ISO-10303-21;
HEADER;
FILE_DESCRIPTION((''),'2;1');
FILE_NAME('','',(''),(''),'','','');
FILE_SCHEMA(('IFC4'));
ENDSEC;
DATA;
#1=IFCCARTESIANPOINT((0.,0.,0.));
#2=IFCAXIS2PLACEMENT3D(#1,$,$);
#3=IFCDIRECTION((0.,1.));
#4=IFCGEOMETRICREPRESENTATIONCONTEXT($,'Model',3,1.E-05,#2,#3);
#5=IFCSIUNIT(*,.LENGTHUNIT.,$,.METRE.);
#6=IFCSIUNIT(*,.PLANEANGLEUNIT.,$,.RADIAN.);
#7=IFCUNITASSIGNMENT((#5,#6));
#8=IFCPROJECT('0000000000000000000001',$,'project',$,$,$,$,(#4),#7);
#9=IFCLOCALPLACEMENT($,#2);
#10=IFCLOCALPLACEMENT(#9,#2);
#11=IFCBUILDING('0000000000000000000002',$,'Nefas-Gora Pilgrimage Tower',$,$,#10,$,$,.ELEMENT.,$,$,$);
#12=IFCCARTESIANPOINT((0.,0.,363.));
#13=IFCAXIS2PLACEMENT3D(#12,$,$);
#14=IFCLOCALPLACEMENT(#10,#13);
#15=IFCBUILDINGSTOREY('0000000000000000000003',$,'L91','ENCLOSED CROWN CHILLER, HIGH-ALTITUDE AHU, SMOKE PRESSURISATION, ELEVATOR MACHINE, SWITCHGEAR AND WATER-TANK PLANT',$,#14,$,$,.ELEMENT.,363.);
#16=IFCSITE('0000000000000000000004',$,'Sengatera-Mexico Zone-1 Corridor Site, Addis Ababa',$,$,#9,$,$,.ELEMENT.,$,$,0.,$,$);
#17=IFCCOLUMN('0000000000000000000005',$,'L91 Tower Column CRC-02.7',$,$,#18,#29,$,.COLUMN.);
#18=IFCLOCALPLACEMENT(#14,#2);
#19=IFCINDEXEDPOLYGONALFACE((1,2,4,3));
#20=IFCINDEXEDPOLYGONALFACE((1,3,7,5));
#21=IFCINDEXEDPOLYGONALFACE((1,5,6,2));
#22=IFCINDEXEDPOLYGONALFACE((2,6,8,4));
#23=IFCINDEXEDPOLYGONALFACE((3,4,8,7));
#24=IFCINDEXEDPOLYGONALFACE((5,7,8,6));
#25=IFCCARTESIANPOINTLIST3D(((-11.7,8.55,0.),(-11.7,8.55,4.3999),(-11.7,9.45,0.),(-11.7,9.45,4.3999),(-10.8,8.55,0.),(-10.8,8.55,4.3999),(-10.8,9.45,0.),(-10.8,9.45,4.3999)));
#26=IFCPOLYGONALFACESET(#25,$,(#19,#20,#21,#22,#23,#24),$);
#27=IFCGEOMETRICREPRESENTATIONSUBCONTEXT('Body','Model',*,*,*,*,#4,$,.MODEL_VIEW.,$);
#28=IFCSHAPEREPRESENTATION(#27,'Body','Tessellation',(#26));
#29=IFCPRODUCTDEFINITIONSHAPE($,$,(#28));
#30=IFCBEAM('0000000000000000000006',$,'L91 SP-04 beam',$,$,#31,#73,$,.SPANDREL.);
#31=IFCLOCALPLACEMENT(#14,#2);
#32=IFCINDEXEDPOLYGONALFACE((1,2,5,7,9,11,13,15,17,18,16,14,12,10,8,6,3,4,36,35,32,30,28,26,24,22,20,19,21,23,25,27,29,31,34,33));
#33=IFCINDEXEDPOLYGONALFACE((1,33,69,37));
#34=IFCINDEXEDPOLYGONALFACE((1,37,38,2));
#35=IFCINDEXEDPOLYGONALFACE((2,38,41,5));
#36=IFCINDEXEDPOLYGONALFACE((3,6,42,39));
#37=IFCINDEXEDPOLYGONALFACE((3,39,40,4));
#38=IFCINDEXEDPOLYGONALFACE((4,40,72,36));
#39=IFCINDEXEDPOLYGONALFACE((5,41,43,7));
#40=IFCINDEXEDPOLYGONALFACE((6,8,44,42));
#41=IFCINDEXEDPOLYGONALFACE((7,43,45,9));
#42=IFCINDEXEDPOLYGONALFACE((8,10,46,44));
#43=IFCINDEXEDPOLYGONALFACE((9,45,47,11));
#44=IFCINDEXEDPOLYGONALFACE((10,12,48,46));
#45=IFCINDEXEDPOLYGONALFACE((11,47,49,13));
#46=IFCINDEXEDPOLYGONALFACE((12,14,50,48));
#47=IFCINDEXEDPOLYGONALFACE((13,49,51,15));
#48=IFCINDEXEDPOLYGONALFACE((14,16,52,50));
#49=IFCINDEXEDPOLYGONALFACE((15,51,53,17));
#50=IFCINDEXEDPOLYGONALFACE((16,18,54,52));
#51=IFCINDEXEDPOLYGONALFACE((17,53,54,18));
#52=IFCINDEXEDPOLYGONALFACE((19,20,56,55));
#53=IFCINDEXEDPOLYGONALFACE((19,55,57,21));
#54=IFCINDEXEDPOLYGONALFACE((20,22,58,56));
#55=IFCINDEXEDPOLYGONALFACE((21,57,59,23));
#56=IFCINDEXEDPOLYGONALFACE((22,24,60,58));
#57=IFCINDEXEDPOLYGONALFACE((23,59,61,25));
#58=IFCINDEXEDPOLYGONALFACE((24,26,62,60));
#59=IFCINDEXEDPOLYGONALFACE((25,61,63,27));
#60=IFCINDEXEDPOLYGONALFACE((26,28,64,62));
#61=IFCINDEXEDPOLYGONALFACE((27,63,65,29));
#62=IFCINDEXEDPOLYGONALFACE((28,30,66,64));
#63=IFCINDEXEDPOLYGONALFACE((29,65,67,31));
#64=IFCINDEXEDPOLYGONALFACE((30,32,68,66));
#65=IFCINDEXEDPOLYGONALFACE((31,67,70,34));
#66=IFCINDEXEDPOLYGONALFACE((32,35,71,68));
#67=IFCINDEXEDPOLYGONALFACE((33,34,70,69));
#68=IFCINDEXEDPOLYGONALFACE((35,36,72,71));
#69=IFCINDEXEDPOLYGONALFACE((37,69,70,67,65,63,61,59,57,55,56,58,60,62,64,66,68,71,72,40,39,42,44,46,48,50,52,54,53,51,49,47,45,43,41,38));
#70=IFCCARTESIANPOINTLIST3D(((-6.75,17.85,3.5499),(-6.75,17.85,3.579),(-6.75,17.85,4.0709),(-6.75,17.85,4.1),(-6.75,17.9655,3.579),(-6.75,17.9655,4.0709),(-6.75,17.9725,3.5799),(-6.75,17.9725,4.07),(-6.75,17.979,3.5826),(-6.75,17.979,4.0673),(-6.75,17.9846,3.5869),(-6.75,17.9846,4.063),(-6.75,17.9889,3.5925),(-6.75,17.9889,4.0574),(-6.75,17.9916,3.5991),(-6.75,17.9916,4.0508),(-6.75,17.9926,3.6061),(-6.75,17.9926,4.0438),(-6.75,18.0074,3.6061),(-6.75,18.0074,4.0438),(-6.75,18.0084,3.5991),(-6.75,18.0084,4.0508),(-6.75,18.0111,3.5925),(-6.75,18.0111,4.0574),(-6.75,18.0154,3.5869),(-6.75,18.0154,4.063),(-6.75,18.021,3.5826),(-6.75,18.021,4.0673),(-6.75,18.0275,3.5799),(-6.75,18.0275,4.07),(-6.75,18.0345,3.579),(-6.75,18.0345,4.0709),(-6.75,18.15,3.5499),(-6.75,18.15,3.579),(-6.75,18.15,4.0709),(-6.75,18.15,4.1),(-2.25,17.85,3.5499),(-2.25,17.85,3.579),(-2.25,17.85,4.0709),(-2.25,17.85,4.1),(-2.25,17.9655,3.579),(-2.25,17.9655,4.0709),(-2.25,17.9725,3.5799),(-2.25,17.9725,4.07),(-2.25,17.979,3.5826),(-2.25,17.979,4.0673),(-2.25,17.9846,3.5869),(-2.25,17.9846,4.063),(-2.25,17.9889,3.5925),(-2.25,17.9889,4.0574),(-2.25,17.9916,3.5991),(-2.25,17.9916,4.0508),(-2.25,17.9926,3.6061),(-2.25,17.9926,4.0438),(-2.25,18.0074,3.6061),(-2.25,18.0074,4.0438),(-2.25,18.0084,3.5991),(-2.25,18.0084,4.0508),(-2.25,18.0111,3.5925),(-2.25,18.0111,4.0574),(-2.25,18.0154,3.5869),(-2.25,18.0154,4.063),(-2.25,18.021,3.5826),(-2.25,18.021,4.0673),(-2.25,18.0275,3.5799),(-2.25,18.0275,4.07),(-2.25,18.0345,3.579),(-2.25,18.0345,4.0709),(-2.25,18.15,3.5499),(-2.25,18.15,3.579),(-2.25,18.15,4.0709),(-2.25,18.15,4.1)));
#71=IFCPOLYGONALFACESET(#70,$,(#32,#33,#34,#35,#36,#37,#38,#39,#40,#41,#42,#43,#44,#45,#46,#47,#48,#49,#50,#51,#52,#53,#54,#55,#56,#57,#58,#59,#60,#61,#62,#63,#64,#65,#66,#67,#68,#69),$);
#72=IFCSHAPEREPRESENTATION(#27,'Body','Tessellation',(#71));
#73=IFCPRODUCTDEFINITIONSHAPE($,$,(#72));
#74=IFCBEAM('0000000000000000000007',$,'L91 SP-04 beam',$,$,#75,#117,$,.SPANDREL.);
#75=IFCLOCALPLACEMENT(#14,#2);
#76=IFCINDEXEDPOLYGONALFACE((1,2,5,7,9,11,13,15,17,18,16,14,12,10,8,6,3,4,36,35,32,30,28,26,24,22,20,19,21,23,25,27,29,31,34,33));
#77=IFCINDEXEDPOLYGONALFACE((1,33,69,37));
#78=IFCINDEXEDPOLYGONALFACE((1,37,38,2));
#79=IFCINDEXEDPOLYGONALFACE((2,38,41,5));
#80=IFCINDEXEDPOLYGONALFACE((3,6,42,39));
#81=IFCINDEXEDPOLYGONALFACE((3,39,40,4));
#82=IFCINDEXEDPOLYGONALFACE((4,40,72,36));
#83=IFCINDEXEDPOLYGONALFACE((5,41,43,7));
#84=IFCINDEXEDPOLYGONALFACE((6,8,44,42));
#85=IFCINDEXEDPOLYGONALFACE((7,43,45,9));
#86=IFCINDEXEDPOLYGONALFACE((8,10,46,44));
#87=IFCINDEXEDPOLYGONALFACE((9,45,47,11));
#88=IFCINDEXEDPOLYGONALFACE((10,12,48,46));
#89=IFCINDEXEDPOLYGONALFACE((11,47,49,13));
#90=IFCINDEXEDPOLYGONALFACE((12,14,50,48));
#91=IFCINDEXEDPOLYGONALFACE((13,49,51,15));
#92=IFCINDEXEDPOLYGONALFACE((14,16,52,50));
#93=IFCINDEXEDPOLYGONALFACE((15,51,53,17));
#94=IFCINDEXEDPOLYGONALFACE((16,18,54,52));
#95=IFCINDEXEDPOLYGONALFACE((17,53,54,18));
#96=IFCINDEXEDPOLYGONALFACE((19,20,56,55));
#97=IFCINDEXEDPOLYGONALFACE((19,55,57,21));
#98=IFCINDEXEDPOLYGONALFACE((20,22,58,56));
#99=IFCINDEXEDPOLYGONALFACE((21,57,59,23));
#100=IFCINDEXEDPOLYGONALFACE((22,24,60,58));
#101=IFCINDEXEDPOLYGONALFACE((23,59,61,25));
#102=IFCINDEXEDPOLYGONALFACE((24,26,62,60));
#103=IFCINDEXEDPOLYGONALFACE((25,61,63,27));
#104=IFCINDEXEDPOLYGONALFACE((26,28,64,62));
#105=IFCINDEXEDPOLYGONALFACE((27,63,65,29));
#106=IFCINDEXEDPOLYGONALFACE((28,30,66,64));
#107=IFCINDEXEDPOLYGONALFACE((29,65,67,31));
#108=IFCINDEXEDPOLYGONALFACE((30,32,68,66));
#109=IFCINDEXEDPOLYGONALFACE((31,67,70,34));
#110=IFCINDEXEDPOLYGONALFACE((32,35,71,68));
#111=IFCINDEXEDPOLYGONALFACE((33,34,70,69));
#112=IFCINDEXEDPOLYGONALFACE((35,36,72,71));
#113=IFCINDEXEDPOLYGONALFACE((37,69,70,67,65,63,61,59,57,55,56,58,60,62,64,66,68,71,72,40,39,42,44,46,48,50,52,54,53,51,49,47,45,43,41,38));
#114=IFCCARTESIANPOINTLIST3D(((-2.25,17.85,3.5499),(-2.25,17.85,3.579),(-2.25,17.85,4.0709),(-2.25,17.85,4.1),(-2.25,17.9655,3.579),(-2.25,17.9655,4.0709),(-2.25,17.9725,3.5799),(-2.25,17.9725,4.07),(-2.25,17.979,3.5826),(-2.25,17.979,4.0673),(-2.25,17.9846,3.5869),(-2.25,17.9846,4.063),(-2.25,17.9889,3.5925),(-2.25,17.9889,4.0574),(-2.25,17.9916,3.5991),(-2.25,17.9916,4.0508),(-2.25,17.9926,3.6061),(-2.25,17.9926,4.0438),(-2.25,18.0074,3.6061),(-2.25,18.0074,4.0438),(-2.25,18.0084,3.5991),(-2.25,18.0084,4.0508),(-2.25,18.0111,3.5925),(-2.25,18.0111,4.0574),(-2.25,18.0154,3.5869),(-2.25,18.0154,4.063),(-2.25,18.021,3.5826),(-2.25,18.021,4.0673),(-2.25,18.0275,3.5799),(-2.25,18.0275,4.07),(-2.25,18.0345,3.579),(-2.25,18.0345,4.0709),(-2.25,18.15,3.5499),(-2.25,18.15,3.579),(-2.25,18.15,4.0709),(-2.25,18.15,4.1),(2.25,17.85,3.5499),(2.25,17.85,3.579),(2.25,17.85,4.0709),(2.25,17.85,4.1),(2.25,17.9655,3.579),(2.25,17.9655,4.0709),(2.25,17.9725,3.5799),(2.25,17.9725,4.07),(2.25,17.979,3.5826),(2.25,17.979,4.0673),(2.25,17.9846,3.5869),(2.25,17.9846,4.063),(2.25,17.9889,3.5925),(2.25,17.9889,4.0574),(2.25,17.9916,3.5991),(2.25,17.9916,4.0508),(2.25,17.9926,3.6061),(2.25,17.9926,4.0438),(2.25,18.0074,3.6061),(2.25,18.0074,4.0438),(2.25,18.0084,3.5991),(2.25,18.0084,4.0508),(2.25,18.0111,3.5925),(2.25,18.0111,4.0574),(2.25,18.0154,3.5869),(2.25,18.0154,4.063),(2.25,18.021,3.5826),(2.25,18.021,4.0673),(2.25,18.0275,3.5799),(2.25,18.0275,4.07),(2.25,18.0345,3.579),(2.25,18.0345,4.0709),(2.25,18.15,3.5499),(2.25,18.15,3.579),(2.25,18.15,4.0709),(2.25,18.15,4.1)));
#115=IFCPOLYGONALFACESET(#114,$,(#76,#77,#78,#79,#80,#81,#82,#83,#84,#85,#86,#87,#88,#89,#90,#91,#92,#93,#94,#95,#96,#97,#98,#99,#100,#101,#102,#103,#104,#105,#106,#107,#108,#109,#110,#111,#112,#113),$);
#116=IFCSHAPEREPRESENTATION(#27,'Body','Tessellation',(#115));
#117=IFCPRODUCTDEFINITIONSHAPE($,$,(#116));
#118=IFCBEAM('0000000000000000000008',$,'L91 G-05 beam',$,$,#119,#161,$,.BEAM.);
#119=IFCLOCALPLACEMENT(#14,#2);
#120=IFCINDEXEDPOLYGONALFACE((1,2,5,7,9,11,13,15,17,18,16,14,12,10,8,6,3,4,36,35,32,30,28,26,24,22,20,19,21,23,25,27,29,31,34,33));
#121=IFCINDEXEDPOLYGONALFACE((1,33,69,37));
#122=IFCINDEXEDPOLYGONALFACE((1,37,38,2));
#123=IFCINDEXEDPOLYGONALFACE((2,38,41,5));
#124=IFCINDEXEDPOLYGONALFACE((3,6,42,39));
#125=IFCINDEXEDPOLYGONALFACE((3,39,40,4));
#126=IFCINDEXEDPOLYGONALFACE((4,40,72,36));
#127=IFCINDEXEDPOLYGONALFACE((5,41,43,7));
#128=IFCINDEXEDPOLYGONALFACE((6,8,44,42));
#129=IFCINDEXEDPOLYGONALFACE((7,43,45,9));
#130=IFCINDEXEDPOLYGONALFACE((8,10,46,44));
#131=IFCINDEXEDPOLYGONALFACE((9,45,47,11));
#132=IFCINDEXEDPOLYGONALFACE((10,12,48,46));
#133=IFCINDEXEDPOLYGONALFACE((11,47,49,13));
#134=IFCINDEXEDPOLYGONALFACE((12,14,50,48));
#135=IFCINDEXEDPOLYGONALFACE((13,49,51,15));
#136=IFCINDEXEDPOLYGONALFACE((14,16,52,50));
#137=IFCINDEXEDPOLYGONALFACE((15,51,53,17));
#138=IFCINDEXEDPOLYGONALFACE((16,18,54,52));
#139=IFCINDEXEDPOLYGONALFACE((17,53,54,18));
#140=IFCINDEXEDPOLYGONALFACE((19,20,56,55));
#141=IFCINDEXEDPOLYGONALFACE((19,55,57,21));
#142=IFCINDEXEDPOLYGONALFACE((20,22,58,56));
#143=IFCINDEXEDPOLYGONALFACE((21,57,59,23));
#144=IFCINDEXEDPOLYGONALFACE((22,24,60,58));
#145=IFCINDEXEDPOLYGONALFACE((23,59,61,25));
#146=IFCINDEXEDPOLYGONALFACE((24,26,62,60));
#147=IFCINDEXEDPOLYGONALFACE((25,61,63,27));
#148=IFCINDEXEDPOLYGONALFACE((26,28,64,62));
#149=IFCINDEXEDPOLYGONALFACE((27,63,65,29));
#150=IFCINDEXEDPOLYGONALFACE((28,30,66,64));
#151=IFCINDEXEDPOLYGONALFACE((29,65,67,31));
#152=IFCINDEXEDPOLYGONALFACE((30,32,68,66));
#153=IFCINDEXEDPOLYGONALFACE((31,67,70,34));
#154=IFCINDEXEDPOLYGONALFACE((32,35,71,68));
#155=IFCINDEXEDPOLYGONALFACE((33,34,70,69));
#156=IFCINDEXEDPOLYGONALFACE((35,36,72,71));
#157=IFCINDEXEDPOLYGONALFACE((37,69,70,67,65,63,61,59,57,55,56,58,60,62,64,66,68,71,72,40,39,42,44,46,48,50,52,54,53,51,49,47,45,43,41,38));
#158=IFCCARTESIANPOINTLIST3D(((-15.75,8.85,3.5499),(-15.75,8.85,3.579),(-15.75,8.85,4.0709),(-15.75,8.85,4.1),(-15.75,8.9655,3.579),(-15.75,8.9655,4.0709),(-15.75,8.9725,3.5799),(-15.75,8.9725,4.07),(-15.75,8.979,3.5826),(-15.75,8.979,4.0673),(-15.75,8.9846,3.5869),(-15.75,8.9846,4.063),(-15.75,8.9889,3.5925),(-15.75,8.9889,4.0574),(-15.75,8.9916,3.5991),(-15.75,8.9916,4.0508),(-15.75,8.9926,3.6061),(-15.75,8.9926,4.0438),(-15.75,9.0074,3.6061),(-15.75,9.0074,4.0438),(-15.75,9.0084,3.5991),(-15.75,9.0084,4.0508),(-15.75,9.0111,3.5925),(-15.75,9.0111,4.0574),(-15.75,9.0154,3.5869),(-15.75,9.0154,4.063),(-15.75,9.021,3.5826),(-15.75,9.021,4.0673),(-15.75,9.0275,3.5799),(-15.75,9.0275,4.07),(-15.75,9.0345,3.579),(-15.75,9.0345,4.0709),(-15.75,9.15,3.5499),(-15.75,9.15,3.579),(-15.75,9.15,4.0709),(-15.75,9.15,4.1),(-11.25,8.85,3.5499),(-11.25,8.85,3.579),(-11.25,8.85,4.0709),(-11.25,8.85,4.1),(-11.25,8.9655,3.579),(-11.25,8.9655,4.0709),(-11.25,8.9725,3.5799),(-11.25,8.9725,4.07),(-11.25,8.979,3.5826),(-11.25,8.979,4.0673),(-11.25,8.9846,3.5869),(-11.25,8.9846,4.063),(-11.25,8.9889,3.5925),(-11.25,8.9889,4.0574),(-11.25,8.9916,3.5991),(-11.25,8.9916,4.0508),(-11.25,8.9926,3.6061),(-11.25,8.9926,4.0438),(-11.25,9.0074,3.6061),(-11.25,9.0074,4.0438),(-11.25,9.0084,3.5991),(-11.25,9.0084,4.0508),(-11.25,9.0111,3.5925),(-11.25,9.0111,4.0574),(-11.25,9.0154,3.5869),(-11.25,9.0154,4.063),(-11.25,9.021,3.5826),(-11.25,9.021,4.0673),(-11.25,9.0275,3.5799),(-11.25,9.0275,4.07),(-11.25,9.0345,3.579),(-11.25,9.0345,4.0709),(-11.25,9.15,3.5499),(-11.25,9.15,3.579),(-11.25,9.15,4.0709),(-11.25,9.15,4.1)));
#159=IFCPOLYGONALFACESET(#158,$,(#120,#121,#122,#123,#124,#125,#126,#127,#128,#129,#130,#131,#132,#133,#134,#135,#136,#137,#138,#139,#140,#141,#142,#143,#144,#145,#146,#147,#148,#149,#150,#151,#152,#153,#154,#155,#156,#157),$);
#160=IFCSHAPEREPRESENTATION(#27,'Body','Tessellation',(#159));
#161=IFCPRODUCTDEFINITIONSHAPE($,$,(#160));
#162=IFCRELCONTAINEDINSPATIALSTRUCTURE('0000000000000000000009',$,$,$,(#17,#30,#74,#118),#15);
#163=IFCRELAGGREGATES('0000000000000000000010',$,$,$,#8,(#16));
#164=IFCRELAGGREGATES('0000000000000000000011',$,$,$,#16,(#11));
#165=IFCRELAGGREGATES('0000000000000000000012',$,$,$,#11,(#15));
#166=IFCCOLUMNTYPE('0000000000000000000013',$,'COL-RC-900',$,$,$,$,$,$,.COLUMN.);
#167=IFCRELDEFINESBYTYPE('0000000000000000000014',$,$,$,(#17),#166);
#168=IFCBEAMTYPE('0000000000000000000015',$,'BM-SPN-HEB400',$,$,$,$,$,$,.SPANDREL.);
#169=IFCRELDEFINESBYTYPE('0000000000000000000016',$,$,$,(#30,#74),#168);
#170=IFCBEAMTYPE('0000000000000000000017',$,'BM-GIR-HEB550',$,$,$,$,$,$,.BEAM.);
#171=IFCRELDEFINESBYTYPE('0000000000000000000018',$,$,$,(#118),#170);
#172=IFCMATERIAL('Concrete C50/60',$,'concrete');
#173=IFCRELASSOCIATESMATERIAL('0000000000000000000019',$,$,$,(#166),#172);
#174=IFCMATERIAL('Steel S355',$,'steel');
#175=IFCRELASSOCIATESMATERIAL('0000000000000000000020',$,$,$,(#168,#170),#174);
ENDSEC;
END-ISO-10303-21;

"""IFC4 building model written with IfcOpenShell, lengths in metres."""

from ifc_helpers import new_model, si_unit, direction, frame, origin, origin_2d, place, context, subcontext, project, spatial, rectangle, i_section, extrude, source, transform, mapped, material, material_profile, profile_set, type_object, element, save


model = new_model("IFC4")

# Units and contexts
model_context = context("Model", 3, precision=1e-05, world=origin(), true_north=direction((0.0, 1.0)))
body_context = subcontext(model_context, "Body", "Model", "MODEL_VIEW")
ifc_project = project(units=[si_unit("LENGTHUNIT", "METRE"), si_unit("PLANEANGLEUNIT", "RADIAN")], contexts=[model_context])

# Site, building, storey
site_placement = place(None, origin())
site = spatial("IfcSite", under=ifc_project, at=site_placement, Name="Sengatera-Mexico Zone-1 Corridor Site, Addis Ababa", CompositionType="ELEMENT", RefElevation=0.0)
building_placement = place(site_placement, origin())
building = spatial("IfcBuilding", under=site, at=building_placement, Name="Nefas-Gora Pilgrimage Tower", CompositionType="ELEMENT")
storey_placement = place(building_placement, frame((0.0, 0.0, 363.0)))
storey = spatial("IfcBuildingStorey", under=building, at=storey_placement, Name="L91", Description="ENCLOSED CROWN CHILLER, HIGH-ALTITUDE AHU, SMOKE PRESSURISATION, ELEVATOR MACHINE, SWITCHGEAR AND WATER-TANK PLANT", CompositionType="ELEMENT", Elevation=363.0)

# Column
ifc_material_1 = material(Name="Steel S355", Category="steel")
ifc_material_2 = material(Name="Concrete C50/60", Category="concrete")
ifc_material_profile_1 = material_profile(ifc_material_2, rectangle(XDim=0.8999, YDim=0.8999, at=origin_2d()), Name="RC 900x900")
ifc_profile_set_1 = profile_set([ifc_material_profile_1], Name="Concrete C50/60")
column_type_1 = type_object("IfcColumnType", Name="COL-RC-900", PredefinedType="COLUMN", material=ifc_profile_set_1)
shared_shape_1 = source(origin(), body_context, "Body", "SweptSolid", [
    extrude(rectangle(XDim=0.8999, YDim=0.8999, at=origin_2d()), origin(), (0.0, 0.0, 1.0), 4.3999),
])
column_placement = place(storey_placement, frame((-11.25, 9.0, 0.0), z_axis=(0.0, 0.0, 1.0), x_axis=(1.0, 0.0, 0.0)))
element("IfcColumn", 1, at=column_placement, inside=storey, type_object=column_type_1, Name="L91 Tower Column CRC-02.7", PredefinedType="COLUMN", context=body_context, shape_type="MappedRepresentation", body=[
    mapped(shared_shape_1, transform((0.0, 0.0, 0.0), x_axis=(1.0, 0.0, 0.0), y_axis=(0.0, 1.0, 0.0), z_axis=(0.0, 0.0, 1.0), scale=1.0)),
])

# Beams
ifc_material_profile_2 = material_profile(ifc_material_1, i_section(OverallWidth=0.3, OverallDepth=0.55, WebThickness=0.0149, FlangeThickness=0.0291, FilletRadius=0.0271, at=origin_2d()), Name="HEB 550")
ifc_profile_set_2 = profile_set([ifc_material_profile_2], Name="Steel S355")
beam_type_1 = type_object("IfcBeamType", Name="BM-SPN-HEB400", PredefinedType="SPANDREL", material=ifc_profile_set_2)
shared_shape_2 = source(origin(), body_context, "Body", "SweptSolid", [
    extrude(i_section(OverallWidth=0.3, OverallDepth=0.55, WebThickness=0.0149, FlangeThickness=0.0291, FilletRadius=0.0271, at=origin_2d()), origin(), (0.0, 0.0, 1.0), 4.5),
])
for number, where, z_axis, x_axis, name in (
    (2, (-6.75, 18.0, 3.825), (1.0, 0.0, 0.0), (0.0, 1.0, 0.0), "L91 SP-04 beam"),
    (3, (-2.25, 18.0, 3.825), (1.0, 0.0, 0.0), (0.0, 1.0, 0.0), "L91 SP-04 beam"),
):
    element("IfcBeam", number, at=place(storey_placement, frame(where, z_axis=z_axis, x_axis=x_axis)), inside=storey, type_object=beam_type_1, Name=name, PredefinedType="SPANDREL", context=body_context, shape_type="MappedRepresentation", body=[
        mapped(shared_shape_2, transform((0.0, 0.0, 0.0), x_axis=(1.0, 0.0, 0.0), y_axis=(0.0, 1.0, 0.0), z_axis=(0.0, 0.0, 1.0), scale=1.0)),
    ])
ifc_material_profile_3 = material_profile(ifc_material_1, i_section(OverallWidth=0.3, OverallDepth=0.55, WebThickness=0.0149, FlangeThickness=0.0291, FilletRadius=0.0271, at=origin_2d()), Name="HEB 550")
ifc_profile_set_3 = profile_set([ifc_material_profile_3], Name="Steel S355")
beam_type_2 = type_object("IfcBeamType", Name="BM-GIR-HEB550", PredefinedType="BEAM", material=ifc_profile_set_3)
shared_shape_3 = source(origin(), body_context, "Body", "SweptSolid", [
    extrude(i_section(OverallWidth=0.3, OverallDepth=0.55, WebThickness=0.0149, FlangeThickness=0.0291, FilletRadius=0.0271, at=origin_2d()), origin(), (0.0, 0.0, 1.0), 4.5),
])
beam_placement = place(storey_placement, frame((-15.75, 9.0, 3.825), z_axis=(1.0, 0.0, 0.0), x_axis=(0.0, 1.0, 0.0)))
element("IfcBeam", 4, at=beam_placement, inside=storey, type_object=beam_type_2, Name="L91 G-05 beam", PredefinedType="BEAM", context=body_context, shape_type="MappedRepresentation", body=[
    mapped(shared_shape_3, transform((0.0, 0.0, 0.0), x_axis=(1.0, 0.0, 0.0), y_axis=(0.0, 1.0, 0.0), z_axis=(0.0, 0.0, 1.0), scale=1.0)),
])

save(model, "model.ifc")
